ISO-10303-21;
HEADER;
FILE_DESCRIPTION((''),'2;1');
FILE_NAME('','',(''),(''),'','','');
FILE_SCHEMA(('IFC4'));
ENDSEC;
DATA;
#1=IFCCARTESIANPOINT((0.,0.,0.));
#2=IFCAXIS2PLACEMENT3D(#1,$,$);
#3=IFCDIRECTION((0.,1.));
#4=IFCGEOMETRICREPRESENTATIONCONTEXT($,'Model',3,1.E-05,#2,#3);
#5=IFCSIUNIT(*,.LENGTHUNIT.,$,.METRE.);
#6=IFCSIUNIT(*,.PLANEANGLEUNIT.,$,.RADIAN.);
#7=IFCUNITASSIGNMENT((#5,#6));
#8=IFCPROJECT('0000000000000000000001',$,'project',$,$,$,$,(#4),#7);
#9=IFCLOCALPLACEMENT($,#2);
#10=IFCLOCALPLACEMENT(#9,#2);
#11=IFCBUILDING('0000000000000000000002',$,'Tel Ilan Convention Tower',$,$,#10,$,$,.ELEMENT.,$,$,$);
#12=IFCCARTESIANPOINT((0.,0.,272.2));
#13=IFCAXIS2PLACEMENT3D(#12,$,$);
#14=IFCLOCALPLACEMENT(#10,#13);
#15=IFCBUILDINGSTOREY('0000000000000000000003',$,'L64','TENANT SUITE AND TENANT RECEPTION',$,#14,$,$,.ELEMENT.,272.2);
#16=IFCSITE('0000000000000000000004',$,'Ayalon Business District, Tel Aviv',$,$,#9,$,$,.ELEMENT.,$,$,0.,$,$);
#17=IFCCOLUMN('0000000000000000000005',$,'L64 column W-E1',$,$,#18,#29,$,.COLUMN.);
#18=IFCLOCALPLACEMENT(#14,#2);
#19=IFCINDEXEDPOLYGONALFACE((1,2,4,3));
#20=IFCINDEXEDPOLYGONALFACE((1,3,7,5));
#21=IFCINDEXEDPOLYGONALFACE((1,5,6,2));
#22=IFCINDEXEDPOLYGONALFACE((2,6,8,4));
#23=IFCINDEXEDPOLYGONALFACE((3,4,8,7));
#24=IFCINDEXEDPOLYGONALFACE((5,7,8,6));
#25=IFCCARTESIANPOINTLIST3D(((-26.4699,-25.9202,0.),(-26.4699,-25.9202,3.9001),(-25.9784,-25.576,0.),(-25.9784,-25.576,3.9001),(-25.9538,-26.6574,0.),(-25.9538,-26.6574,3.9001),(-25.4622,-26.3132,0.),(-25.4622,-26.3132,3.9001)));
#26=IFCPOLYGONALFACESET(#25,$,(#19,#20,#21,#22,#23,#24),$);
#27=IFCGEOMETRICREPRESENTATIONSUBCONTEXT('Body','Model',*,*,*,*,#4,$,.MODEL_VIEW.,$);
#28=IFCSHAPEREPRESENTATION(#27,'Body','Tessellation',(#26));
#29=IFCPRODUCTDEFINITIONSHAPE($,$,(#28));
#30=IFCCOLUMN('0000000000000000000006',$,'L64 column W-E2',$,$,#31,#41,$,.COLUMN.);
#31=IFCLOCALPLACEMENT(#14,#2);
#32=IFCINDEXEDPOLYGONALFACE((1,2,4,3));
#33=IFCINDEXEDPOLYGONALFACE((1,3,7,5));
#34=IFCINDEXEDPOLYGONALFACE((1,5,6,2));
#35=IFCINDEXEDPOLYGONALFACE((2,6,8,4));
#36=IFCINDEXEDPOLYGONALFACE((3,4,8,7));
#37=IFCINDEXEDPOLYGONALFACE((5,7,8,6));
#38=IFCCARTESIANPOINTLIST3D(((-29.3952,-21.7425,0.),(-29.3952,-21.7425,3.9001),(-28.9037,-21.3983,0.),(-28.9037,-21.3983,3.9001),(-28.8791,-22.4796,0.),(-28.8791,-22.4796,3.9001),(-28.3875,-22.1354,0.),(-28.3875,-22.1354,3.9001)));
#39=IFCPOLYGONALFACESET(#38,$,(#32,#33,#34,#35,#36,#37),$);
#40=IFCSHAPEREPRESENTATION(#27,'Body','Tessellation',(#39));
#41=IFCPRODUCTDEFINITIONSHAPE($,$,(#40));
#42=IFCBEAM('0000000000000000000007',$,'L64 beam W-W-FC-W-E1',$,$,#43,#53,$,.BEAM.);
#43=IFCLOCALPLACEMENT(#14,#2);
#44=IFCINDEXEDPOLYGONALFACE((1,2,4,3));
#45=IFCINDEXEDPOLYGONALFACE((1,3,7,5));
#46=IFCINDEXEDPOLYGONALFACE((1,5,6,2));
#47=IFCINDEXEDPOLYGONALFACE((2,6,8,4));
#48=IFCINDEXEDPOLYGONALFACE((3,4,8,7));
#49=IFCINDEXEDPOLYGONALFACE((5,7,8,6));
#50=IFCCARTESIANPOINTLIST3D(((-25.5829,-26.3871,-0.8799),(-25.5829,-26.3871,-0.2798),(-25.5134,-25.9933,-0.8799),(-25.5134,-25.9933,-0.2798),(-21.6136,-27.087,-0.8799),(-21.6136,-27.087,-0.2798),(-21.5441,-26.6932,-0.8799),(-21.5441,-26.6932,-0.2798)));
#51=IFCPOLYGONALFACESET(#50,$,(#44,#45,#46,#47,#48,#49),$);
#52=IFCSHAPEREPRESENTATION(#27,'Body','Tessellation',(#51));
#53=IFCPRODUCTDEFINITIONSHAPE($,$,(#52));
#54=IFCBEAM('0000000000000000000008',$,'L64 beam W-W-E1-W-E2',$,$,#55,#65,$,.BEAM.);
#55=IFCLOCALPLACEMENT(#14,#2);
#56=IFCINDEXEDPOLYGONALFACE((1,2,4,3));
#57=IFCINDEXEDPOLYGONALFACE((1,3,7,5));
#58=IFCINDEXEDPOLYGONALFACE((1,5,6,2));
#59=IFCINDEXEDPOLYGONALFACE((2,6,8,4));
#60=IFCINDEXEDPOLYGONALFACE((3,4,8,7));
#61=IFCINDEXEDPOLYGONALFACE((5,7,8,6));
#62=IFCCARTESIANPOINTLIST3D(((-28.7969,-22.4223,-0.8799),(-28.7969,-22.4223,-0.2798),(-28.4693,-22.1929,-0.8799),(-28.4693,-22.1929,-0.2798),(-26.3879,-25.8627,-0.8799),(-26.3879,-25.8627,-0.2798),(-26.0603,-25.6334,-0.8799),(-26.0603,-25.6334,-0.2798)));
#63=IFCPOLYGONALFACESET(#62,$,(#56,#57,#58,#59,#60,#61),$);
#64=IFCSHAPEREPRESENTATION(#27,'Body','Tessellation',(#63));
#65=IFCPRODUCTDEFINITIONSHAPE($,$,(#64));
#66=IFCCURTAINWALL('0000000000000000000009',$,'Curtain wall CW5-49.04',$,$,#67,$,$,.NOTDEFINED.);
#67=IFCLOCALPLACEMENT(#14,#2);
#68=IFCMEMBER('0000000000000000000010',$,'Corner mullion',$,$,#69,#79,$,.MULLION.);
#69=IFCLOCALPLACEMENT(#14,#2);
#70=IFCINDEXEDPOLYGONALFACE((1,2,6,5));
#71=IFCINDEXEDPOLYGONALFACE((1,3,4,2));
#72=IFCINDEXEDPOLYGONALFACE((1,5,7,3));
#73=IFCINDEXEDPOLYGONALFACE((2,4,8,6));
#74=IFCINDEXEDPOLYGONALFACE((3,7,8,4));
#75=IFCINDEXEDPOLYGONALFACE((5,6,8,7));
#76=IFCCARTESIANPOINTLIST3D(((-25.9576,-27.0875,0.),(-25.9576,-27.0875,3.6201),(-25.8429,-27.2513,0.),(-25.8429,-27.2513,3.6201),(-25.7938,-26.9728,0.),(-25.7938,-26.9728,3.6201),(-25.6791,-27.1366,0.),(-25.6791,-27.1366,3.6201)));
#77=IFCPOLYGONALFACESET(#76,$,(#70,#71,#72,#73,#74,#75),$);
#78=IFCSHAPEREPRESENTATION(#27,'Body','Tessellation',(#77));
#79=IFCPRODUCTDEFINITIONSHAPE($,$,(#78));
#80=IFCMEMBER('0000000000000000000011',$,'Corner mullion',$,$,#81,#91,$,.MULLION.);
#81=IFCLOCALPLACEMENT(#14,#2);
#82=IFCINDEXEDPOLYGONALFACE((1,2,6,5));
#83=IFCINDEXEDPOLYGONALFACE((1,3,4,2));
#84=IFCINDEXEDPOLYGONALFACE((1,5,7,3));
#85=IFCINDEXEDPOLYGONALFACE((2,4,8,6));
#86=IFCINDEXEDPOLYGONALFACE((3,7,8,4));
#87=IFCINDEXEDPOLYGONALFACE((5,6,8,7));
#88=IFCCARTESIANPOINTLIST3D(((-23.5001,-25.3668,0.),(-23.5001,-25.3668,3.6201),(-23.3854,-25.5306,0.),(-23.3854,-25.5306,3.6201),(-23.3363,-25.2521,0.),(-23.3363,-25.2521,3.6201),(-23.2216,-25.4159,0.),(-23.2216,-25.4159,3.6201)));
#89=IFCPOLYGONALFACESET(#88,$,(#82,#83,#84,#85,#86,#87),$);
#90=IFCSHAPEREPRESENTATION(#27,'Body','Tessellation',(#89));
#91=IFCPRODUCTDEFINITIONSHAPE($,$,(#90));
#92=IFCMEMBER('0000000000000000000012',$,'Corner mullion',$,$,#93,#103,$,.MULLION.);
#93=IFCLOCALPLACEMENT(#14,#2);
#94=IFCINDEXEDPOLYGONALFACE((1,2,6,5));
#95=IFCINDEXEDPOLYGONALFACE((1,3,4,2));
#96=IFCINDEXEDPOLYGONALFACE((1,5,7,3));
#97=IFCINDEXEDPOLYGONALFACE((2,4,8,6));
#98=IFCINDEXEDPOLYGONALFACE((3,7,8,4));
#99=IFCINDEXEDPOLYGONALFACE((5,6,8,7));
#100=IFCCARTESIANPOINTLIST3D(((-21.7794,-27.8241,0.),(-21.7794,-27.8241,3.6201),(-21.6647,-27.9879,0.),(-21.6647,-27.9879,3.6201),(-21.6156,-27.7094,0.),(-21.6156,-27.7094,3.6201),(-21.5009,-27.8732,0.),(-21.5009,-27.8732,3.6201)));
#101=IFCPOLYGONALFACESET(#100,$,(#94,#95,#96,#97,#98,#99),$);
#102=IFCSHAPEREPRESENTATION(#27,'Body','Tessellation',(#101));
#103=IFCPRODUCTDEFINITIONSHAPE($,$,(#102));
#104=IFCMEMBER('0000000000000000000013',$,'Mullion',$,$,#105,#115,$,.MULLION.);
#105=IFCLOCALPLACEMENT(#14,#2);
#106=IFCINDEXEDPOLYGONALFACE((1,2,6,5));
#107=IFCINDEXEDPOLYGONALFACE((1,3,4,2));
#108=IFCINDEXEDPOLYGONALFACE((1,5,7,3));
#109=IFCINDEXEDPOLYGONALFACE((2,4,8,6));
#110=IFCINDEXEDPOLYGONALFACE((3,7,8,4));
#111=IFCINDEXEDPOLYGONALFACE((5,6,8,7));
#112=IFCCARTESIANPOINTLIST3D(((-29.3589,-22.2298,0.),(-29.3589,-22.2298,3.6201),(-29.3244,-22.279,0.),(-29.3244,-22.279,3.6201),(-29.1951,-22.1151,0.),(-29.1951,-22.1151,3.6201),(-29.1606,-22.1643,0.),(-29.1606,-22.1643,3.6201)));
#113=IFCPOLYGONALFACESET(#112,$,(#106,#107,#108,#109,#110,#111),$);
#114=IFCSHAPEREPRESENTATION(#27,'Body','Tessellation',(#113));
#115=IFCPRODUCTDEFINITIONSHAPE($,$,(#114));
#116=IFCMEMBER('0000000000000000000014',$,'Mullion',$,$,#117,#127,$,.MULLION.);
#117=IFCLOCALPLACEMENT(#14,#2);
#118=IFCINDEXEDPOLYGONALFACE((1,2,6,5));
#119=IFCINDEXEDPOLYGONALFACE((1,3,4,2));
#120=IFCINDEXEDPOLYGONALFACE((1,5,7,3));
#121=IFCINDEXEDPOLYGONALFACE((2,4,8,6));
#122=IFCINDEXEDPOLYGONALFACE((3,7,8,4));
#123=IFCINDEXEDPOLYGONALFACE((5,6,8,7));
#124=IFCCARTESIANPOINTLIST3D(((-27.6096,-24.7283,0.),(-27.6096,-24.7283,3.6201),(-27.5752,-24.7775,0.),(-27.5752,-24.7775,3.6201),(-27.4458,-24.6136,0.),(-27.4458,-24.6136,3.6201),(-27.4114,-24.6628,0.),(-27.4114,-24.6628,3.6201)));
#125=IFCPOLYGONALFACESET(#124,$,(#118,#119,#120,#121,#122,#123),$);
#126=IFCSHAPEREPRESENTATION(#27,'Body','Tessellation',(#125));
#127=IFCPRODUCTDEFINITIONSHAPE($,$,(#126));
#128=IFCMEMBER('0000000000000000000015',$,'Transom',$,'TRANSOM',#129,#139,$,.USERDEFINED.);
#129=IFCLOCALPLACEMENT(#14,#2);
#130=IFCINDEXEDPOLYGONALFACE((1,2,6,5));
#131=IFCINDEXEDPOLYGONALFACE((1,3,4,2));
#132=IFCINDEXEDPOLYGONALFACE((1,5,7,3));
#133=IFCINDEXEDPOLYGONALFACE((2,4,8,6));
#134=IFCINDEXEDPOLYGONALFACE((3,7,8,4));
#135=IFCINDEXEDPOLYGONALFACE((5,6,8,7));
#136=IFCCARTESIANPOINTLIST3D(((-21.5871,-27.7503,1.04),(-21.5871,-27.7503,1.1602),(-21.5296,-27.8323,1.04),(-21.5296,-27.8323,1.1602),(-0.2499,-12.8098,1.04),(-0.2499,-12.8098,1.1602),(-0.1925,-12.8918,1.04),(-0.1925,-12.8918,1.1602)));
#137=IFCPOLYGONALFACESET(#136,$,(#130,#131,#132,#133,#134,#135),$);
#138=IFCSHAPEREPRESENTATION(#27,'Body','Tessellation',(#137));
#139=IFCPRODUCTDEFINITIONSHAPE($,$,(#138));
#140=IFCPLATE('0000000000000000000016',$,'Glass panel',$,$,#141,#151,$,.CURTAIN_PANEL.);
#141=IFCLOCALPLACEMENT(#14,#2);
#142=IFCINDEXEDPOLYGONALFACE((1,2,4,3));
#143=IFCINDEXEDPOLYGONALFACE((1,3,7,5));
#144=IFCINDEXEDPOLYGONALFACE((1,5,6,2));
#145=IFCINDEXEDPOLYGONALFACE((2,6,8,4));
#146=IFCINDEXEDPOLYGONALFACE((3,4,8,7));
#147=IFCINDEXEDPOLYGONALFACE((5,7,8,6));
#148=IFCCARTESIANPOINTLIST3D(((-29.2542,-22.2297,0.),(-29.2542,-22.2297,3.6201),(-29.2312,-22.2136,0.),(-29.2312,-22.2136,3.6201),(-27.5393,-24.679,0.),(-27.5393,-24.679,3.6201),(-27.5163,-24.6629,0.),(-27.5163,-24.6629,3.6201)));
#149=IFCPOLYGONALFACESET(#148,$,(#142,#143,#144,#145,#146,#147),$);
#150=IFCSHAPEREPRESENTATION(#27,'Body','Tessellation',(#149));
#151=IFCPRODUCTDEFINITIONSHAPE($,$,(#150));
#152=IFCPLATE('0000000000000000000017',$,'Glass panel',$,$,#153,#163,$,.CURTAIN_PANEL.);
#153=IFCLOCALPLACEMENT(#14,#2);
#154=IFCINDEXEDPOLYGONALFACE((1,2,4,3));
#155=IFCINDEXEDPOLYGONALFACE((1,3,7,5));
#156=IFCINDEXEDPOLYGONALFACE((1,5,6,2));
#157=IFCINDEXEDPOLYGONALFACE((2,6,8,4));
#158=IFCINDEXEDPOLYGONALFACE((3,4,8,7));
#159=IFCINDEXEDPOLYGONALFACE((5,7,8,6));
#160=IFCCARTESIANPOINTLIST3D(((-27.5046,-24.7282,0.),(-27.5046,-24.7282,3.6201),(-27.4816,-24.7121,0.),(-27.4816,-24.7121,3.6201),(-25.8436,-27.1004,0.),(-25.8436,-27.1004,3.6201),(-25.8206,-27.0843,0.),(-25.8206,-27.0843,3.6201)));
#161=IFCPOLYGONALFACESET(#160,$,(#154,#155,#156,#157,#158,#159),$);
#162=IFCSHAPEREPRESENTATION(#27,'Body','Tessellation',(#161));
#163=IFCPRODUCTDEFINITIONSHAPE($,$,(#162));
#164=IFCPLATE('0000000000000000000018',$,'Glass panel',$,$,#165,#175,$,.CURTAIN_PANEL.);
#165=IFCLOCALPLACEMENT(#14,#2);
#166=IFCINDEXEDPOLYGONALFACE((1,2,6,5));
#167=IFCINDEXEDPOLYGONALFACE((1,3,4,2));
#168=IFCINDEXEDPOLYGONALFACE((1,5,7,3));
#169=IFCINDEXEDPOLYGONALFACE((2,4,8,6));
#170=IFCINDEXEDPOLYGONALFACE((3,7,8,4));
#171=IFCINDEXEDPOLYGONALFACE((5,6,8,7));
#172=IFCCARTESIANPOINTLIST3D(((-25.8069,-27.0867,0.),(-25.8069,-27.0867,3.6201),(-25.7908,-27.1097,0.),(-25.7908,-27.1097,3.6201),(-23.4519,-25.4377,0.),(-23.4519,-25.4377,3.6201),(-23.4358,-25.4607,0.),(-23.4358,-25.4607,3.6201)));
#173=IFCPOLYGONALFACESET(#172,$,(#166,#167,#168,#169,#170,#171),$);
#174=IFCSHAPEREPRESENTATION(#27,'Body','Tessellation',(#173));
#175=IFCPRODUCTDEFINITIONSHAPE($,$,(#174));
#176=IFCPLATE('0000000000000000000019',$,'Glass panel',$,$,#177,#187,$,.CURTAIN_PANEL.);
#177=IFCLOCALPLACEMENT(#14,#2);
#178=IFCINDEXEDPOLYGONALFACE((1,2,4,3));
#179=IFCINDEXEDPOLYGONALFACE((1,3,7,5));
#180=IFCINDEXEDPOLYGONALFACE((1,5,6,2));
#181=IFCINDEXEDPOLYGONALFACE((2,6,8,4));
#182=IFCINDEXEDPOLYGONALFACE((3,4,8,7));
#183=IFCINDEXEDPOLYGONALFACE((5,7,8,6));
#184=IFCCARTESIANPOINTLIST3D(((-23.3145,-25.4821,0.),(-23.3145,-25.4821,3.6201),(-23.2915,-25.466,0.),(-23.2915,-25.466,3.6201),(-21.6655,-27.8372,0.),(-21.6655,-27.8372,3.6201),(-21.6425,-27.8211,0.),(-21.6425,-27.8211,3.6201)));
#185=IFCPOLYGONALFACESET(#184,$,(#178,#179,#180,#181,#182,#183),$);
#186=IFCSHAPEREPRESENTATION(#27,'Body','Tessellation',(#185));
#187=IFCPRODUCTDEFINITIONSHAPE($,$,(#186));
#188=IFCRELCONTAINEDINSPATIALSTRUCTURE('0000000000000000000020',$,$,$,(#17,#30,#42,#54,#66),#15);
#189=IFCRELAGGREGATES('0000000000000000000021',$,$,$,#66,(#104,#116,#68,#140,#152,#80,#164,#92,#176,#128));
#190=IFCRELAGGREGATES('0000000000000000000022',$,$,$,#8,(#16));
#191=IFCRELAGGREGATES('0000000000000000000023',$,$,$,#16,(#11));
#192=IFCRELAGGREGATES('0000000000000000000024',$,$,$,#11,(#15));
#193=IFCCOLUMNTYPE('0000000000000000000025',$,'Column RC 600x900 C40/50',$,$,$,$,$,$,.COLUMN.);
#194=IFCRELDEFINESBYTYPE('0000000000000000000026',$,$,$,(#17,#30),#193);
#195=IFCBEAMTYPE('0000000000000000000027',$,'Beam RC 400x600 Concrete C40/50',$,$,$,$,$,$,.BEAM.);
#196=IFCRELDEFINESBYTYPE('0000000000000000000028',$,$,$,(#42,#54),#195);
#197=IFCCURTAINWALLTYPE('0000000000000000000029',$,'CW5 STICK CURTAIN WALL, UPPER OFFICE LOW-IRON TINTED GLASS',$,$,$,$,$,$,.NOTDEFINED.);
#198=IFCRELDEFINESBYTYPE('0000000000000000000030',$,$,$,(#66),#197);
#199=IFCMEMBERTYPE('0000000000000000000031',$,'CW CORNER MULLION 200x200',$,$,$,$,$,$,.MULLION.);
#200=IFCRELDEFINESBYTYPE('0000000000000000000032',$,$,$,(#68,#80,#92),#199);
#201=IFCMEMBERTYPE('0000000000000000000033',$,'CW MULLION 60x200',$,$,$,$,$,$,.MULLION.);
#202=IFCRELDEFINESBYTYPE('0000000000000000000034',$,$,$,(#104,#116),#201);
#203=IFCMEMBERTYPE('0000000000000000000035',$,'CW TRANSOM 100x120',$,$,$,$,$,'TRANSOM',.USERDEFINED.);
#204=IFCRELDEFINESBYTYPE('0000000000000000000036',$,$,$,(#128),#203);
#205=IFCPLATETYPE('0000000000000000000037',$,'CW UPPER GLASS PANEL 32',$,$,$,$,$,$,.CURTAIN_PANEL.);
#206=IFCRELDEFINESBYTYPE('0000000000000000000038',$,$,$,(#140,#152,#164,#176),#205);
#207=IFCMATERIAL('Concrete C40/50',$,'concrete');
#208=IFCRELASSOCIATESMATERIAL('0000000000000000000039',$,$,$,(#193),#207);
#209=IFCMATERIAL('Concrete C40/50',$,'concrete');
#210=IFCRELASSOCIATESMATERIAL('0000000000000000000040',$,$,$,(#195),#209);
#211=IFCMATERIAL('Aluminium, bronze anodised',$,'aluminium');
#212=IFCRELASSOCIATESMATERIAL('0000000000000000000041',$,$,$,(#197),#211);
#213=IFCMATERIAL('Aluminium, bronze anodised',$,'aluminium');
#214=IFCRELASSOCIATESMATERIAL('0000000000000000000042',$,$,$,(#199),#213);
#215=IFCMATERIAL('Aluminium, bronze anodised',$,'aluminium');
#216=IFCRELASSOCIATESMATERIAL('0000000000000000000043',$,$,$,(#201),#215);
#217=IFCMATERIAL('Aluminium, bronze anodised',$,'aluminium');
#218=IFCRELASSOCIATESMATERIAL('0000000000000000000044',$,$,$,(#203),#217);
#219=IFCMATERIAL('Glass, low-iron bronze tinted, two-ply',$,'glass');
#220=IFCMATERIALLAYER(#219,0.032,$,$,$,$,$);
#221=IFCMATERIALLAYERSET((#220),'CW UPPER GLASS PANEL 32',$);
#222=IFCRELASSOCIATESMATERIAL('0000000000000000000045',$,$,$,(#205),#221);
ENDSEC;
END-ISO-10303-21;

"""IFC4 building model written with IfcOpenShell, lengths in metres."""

from ifc_helpers import new_model, si_unit, direction, frame, origin, origin_2d, place, context, subcontext, project, spatial, rectangle, extrude, material, layer, layer_set, material_profile, profile_set, type_object, element, aggregate, save


model = new_model("IFC4")

# Units and contexts
model_context = context("Model", 3, precision=1e-05, world=origin(), true_north=direction((0.0, 1.0)))
body_context = subcontext(model_context, "Body", "Model", "MODEL_VIEW")
ifc_project = project(units=[si_unit("LENGTHUNIT", "METRE"), si_unit("PLANEANGLEUNIT", "RADIAN")], contexts=[model_context])

# Site, building, storey
site_placement = place(None, origin())
site = spatial("IfcSite", under=ifc_project, at=site_placement, Name="Ayalon Business District, Tel Aviv", CompositionType="ELEMENT", RefElevation=0.0)
building_placement = place(site_placement, origin())
building = spatial("IfcBuilding", under=site, at=building_placement, Name="Tel Ilan Convention Tower", CompositionType="ELEMENT")
storey_placement = place(building_placement, frame((0.0, 0.0, 272.2)))
storey = spatial("IfcBuildingStorey", under=building, at=storey_placement, Name="L64", Description="TENANT SUITE AND TENANT RECEPTION", CompositionType="ELEMENT", Elevation=272.2)

# Columns
ifc_material_1 = material(Name="Concrete C40/50", Category="concrete")
ifc_material_profile_1 = material_profile(ifc_material_1, rectangle(XDim=0.8999, YDim=0.6001, at=origin_2d()), Name="RC 600x900")
ifc_profile_set_1 = profile_set([ifc_material_profile_1], Name="Concrete C40/50")
column_type = type_object("IfcColumnType", Name="Column RC 600x900 C40/50", PredefinedType="COLUMN", material=ifc_profile_set_1)
for number, where, z_axis, x_axis, name in (
    (1, (-25.9661, -26.1167, 0.0), (0.0, 0.0, 1.0), (-0.573576, 0.819152, 0.0), "L64 column W-E1"),
    (2, (-28.8914, -21.939, 0.0), (0.0, 0.0, 1.0), (-0.573576, 0.819152, 0.0), "L64 column W-E2"),
):
    element("IfcColumn", number, at=place(storey_placement, frame(where, z_axis=z_axis, x_axis=x_axis)), inside=storey, type_object=column_type, Name=name, PredefinedType="COLUMN", context=body_context, shape_type="SweptSolid", body=[
        extrude(rectangle(XDim=0.8999, YDim=0.6001, at=origin_2d()), origin(), (0.0, 0.0, 1.0), 3.9001),
    ])

# Beams
ifc_material_2 = material(Name="Concrete C40/50", Category="concrete")
ifc_material_profile_2 = material_profile(ifc_material_2, rectangle(XDim=0.3999, YDim=0.6001, at=origin_2d()), Name="RC 400x600")
ifc_profile_set_2 = profile_set([ifc_material_profile_2], Name="Concrete C40/50")
beam_type = type_object("IfcBeamType", Name="Beam RC 400x600 Concrete C40/50", PredefinedType="BEAM", material=ifc_profile_set_2)
beam_1_placement = place(storey_placement, frame((-21.5789, -26.8901, -0.5798), z_axis=(-0.984805, 0.173664, 0.0), x_axis=(-0.173664, -0.984805, 0.0)))
element("IfcBeam", 3, at=beam_1_placement, inside=storey, type_object=beam_type, Name="L64 beam W-W-FC-W-E1", PredefinedType="BEAM", context=body_context, shape_type="SweptSolid", body=[
    extrude(rectangle(XDim=0.3999, YDim=0.6001, at=origin_2d()), origin(), (0.0, 0.0, 1.0), 4.0305),
])
beam_2_placement = place(storey_placement, frame((-26.2241, -25.748, -0.5798), z_axis=(-0.573564, 0.819161, 0.0), x_axis=(-0.819161, -0.573564, 0.0)))
element("IfcBeam", 4, at=beam_2_placement, inside=storey, type_object=beam_type, Name="L64 beam W-W-E1-W-E2", PredefinedType="BEAM", context=body_context, shape_type="SweptSolid", body=[
    extrude(rectangle(XDim=0.3999, YDim=0.6001, at=origin_2d()), origin(), (0.0, 0.0, 1.0), 4.2),
])

# Curtain wall, members, plates
ifc_material_3 = material(Name="Aluminium, bronze anodised", Category="aluminium")
curtain_wall_type = type_object("IfcCurtainWallType", Name="CW5 STICK CURTAIN WALL, UPPER OFFICE LOW-IRON TINTED GLASS", PredefinedType="NOTDEFINED", material=ifc_material_3)
curtain_wall_placement = place(storey_placement, origin())
curtain_wall = element("IfcCurtainWall", 5, at=curtain_wall_placement, inside=storey, type_object=curtain_wall_type, Name="Curtain wall CW5-49.04", PredefinedType="NOTDEFINED")
ifc_material_4 = material(Name="Aluminium, bronze anodised", Category="aluminium")
ifc_material_profile_3 = material_profile(ifc_material_4, rectangle(XDim=0.2, YDim=0.2, at=origin_2d()), Name="CW CORNER MULLION 200x200")
ifc_profile_set_3 = profile_set([ifc_material_profile_3], Name="Aluminium, bronze anodised")
member_type_1 = type_object("IfcMemberType", Name="CW CORNER MULLION 200x200", PredefinedType="MULLION", material=ifc_profile_set_3)
member_1_placement = place(storey_placement, frame((-25.8184, -27.1121, 0.0), z_axis=(0.0, 0.0, 1.0), x_axis=(0.573576, -0.819152, 0.0)))
member_1 = element("IfcMember", 6, at=member_1_placement, type_object=member_type_1, Name="Corner mullion", PredefinedType="MULLION", context=body_context, shape_type="SweptSolid", body=[
    extrude(rectangle(XDim=0.2, YDim=0.2, at=origin_2d()), origin(), (0.0, 0.0, 1.0), 3.6201),
])
member_2_placement = place(storey_placement, frame((-23.3608, -25.3914, 0.0), z_axis=(0.0, 0.0, 1.0), x_axis=(0.819152, 0.573576, 0.0)))
member_2 = element("IfcMember", 7, at=member_2_placement, type_object=member_type_1, Name="Corner mullion", PredefinedType="MULLION", context=body_context, shape_type="SweptSolid", body=[
    extrude(rectangle(XDim=0.2, YDim=0.2, at=origin_2d()), origin(), (0.0, 0.0, 1.0), 3.6201),
])
member_3_placement = place(storey_placement, frame((-21.6401, -27.8486, 0.0), z_axis=(0.0, 0.0, 1.0), x_axis=(0.573576, -0.819152, 0.0)))
member_3 = element("IfcMember", 8, at=member_3_placement, type_object=member_type_1, Name="Corner mullion", PredefinedType="MULLION", context=body_context, shape_type="SweptSolid", body=[
    extrude(rectangle(XDim=0.2, YDim=0.2, at=origin_2d()), origin(), (0.0, 0.0, 1.0), 3.6201),
])
ifc_material_5 = material(Name="Aluminium, bronze anodised", Category="aluminium")
ifc_material_profile_4 = material_profile(ifc_material_5, rectangle(XDim=0.0601, YDim=0.2, at=origin_2d()), Name="CW MULLION 60x200")
ifc_profile_set_4 = profile_set([ifc_material_profile_4], Name="Aluminium, bronze anodised")
member_type_2 = type_object("IfcMemberType", Name="CW MULLION 60x200", PredefinedType="MULLION", material=ifc_profile_set_4)
member_4_placement = place(storey_placement, frame((-29.2598, -22.197, 0.0), z_axis=(0.0, 0.0, 1.0), x_axis=(0.573576, -0.819152, 0.0)))
member_4 = element("IfcMember", 9, at=member_4_placement, type_object=member_type_2, Name="Mullion", PredefinedType="MULLION", context=body_context, shape_type="SweptSolid", body=[
    extrude(rectangle(XDim=0.0601, YDim=0.2, at=origin_2d()), origin(), (0.0, 0.0, 1.0), 3.6201),
])
member_5_placement = place(storey_placement, frame((-27.5105, -24.6956, 0.0), z_axis=(0.0, 0.0, 1.0), x_axis=(0.573576, -0.819152, 0.0)))
member_5 = element("IfcMember", 10, at=member_5_placement, type_object=member_type_2, Name="Mullion", PredefinedType="MULLION", context=body_context, shape_type="SweptSolid", body=[
    extrude(rectangle(XDim=0.0601, YDim=0.2, at=origin_2d()), origin(), (0.0, 0.0, 1.0), 3.6201),
])
ifc_material_6 = material(Name="Aluminium, bronze anodised", Category="aluminium")
ifc_material_profile_5 = material_profile(ifc_material_6, rectangle(XDim=0.1001, YDim=0.1201, at=origin_2d()), Name="CW TRANSOM 100x120")
ifc_profile_set_5 = profile_set([ifc_material_profile_5], Name="Aluminium, bronze anodised")
member_type_3 = type_object("IfcMemberType", Name="CW TRANSOM 100x120", ElementType="TRANSOM", PredefinedType="USERDEFINED", material=ifc_profile_set_5)
member_6_placement = place(storey_placement, frame((-21.5583, -27.7913, 1.1001), z_axis=(0.819152, 0.573576, 0.0), x_axis=(-0.573576, 0.819152, 0.0)))
member_6 = element("IfcMember", 11, at=member_6_placement, type_object=member_type_3, Name="Transom", ObjectType="TRANSOM", PredefinedType="USERDEFINED", context=body_context, shape_type="SweptSolid", body=[
    extrude(rectangle(XDim=0.1001, YDim=0.1201, at=origin_2d()), origin(), (0.0, 0.0, 1.0), 26.0479),
])
ifc_material_7 = material(Name="Glass, low-iron bronze tinted, two-ply", Category="glass")
ifc_layer_1 = layer(ifc_material_7, 0.032)
ifc_layer_set_1 = layer_set([ifc_layer_1], Name="CW UPPER GLASS PANEL 32")
plate_type = type_object("IfcPlateType", Name="CW UPPER GLASS PANEL 32", PredefinedType="CURTAIN_PANEL", material=ifc_layer_set_1)
plate_1_placement = place(storey_placement, frame((-28.3853, -23.4463, 0.0), z_axis=(0.0, 0.0, 1.0), x_axis=(0.573576, -0.819152, 0.0)))
plate_1 = element("IfcPlate", 12, at=plate_1_placement, type_object=plate_type, Name="Glass panel", PredefinedType="CURTAIN_PANEL", context=body_context, shape_type="SweptSolid", body=[
    extrude(rectangle(XDim=2.99, YDim=0.0281, at=origin_2d()), origin(), (0.0, 0.0, 1.0), 3.6201),
])
plate_2_placement = place(storey_placement, frame((-26.6626, -25.9062, 0.0), z_axis=(0.0, 0.0, 1.0), x_axis=(0.573576, -0.819152, 0.0)))
plate_2 = element("IfcPlate", 13, at=plate_2_placement, type_object=plate_type, Name="Glass panel", PredefinedType="CURTAIN_PANEL", context=body_context, shape_type="SweptSolid", body=[
    extrude(rectangle(XDim=2.896, YDim=0.0281, at=origin_2d()), origin(), (0.0, 0.0, 1.0), 3.6201),
])
plate_3_placement = place(storey_placement, frame((-24.6213, -26.2737, 0.0), z_axis=(0.0, 0.0, 1.0), x_axis=(0.819152, 0.573576, 0.0)))
plate_3 = element("IfcPlate", 14, at=plate_3_placement, type_object=plate_type, Name="Glass panel", PredefinedType="CURTAIN_PANEL", context=body_context, shape_type="SweptSolid", body=[
    extrude(rectangle(XDim=2.875, YDim=0.0281, at=origin_2d()), origin(), (0.0, 0.0, 1.0), 3.6201),
])
plate_4_placement = place(storey_placement, frame((-22.4785, -26.6516, 0.0), z_axis=(0.0, 0.0, 1.0), x_axis=(0.573576, -0.819152, 0.0)))
plate_4 = element("IfcPlate", 15, at=plate_4_placement, type_object=plate_type, Name="Glass panel", PredefinedType="CURTAIN_PANEL", context=body_context, shape_type="SweptSolid", body=[
    extrude(rectangle(XDim=2.875, YDim=0.0281, at=origin_2d()), origin(), (0.0, 0.0, 1.0), 3.6201),
])
aggregate(curtain_wall, [member_4, member_5, member_1, plate_1, plate_2, member_2, plate_3, member_3, plate_4, member_6])

save(model, "model.ifc")
